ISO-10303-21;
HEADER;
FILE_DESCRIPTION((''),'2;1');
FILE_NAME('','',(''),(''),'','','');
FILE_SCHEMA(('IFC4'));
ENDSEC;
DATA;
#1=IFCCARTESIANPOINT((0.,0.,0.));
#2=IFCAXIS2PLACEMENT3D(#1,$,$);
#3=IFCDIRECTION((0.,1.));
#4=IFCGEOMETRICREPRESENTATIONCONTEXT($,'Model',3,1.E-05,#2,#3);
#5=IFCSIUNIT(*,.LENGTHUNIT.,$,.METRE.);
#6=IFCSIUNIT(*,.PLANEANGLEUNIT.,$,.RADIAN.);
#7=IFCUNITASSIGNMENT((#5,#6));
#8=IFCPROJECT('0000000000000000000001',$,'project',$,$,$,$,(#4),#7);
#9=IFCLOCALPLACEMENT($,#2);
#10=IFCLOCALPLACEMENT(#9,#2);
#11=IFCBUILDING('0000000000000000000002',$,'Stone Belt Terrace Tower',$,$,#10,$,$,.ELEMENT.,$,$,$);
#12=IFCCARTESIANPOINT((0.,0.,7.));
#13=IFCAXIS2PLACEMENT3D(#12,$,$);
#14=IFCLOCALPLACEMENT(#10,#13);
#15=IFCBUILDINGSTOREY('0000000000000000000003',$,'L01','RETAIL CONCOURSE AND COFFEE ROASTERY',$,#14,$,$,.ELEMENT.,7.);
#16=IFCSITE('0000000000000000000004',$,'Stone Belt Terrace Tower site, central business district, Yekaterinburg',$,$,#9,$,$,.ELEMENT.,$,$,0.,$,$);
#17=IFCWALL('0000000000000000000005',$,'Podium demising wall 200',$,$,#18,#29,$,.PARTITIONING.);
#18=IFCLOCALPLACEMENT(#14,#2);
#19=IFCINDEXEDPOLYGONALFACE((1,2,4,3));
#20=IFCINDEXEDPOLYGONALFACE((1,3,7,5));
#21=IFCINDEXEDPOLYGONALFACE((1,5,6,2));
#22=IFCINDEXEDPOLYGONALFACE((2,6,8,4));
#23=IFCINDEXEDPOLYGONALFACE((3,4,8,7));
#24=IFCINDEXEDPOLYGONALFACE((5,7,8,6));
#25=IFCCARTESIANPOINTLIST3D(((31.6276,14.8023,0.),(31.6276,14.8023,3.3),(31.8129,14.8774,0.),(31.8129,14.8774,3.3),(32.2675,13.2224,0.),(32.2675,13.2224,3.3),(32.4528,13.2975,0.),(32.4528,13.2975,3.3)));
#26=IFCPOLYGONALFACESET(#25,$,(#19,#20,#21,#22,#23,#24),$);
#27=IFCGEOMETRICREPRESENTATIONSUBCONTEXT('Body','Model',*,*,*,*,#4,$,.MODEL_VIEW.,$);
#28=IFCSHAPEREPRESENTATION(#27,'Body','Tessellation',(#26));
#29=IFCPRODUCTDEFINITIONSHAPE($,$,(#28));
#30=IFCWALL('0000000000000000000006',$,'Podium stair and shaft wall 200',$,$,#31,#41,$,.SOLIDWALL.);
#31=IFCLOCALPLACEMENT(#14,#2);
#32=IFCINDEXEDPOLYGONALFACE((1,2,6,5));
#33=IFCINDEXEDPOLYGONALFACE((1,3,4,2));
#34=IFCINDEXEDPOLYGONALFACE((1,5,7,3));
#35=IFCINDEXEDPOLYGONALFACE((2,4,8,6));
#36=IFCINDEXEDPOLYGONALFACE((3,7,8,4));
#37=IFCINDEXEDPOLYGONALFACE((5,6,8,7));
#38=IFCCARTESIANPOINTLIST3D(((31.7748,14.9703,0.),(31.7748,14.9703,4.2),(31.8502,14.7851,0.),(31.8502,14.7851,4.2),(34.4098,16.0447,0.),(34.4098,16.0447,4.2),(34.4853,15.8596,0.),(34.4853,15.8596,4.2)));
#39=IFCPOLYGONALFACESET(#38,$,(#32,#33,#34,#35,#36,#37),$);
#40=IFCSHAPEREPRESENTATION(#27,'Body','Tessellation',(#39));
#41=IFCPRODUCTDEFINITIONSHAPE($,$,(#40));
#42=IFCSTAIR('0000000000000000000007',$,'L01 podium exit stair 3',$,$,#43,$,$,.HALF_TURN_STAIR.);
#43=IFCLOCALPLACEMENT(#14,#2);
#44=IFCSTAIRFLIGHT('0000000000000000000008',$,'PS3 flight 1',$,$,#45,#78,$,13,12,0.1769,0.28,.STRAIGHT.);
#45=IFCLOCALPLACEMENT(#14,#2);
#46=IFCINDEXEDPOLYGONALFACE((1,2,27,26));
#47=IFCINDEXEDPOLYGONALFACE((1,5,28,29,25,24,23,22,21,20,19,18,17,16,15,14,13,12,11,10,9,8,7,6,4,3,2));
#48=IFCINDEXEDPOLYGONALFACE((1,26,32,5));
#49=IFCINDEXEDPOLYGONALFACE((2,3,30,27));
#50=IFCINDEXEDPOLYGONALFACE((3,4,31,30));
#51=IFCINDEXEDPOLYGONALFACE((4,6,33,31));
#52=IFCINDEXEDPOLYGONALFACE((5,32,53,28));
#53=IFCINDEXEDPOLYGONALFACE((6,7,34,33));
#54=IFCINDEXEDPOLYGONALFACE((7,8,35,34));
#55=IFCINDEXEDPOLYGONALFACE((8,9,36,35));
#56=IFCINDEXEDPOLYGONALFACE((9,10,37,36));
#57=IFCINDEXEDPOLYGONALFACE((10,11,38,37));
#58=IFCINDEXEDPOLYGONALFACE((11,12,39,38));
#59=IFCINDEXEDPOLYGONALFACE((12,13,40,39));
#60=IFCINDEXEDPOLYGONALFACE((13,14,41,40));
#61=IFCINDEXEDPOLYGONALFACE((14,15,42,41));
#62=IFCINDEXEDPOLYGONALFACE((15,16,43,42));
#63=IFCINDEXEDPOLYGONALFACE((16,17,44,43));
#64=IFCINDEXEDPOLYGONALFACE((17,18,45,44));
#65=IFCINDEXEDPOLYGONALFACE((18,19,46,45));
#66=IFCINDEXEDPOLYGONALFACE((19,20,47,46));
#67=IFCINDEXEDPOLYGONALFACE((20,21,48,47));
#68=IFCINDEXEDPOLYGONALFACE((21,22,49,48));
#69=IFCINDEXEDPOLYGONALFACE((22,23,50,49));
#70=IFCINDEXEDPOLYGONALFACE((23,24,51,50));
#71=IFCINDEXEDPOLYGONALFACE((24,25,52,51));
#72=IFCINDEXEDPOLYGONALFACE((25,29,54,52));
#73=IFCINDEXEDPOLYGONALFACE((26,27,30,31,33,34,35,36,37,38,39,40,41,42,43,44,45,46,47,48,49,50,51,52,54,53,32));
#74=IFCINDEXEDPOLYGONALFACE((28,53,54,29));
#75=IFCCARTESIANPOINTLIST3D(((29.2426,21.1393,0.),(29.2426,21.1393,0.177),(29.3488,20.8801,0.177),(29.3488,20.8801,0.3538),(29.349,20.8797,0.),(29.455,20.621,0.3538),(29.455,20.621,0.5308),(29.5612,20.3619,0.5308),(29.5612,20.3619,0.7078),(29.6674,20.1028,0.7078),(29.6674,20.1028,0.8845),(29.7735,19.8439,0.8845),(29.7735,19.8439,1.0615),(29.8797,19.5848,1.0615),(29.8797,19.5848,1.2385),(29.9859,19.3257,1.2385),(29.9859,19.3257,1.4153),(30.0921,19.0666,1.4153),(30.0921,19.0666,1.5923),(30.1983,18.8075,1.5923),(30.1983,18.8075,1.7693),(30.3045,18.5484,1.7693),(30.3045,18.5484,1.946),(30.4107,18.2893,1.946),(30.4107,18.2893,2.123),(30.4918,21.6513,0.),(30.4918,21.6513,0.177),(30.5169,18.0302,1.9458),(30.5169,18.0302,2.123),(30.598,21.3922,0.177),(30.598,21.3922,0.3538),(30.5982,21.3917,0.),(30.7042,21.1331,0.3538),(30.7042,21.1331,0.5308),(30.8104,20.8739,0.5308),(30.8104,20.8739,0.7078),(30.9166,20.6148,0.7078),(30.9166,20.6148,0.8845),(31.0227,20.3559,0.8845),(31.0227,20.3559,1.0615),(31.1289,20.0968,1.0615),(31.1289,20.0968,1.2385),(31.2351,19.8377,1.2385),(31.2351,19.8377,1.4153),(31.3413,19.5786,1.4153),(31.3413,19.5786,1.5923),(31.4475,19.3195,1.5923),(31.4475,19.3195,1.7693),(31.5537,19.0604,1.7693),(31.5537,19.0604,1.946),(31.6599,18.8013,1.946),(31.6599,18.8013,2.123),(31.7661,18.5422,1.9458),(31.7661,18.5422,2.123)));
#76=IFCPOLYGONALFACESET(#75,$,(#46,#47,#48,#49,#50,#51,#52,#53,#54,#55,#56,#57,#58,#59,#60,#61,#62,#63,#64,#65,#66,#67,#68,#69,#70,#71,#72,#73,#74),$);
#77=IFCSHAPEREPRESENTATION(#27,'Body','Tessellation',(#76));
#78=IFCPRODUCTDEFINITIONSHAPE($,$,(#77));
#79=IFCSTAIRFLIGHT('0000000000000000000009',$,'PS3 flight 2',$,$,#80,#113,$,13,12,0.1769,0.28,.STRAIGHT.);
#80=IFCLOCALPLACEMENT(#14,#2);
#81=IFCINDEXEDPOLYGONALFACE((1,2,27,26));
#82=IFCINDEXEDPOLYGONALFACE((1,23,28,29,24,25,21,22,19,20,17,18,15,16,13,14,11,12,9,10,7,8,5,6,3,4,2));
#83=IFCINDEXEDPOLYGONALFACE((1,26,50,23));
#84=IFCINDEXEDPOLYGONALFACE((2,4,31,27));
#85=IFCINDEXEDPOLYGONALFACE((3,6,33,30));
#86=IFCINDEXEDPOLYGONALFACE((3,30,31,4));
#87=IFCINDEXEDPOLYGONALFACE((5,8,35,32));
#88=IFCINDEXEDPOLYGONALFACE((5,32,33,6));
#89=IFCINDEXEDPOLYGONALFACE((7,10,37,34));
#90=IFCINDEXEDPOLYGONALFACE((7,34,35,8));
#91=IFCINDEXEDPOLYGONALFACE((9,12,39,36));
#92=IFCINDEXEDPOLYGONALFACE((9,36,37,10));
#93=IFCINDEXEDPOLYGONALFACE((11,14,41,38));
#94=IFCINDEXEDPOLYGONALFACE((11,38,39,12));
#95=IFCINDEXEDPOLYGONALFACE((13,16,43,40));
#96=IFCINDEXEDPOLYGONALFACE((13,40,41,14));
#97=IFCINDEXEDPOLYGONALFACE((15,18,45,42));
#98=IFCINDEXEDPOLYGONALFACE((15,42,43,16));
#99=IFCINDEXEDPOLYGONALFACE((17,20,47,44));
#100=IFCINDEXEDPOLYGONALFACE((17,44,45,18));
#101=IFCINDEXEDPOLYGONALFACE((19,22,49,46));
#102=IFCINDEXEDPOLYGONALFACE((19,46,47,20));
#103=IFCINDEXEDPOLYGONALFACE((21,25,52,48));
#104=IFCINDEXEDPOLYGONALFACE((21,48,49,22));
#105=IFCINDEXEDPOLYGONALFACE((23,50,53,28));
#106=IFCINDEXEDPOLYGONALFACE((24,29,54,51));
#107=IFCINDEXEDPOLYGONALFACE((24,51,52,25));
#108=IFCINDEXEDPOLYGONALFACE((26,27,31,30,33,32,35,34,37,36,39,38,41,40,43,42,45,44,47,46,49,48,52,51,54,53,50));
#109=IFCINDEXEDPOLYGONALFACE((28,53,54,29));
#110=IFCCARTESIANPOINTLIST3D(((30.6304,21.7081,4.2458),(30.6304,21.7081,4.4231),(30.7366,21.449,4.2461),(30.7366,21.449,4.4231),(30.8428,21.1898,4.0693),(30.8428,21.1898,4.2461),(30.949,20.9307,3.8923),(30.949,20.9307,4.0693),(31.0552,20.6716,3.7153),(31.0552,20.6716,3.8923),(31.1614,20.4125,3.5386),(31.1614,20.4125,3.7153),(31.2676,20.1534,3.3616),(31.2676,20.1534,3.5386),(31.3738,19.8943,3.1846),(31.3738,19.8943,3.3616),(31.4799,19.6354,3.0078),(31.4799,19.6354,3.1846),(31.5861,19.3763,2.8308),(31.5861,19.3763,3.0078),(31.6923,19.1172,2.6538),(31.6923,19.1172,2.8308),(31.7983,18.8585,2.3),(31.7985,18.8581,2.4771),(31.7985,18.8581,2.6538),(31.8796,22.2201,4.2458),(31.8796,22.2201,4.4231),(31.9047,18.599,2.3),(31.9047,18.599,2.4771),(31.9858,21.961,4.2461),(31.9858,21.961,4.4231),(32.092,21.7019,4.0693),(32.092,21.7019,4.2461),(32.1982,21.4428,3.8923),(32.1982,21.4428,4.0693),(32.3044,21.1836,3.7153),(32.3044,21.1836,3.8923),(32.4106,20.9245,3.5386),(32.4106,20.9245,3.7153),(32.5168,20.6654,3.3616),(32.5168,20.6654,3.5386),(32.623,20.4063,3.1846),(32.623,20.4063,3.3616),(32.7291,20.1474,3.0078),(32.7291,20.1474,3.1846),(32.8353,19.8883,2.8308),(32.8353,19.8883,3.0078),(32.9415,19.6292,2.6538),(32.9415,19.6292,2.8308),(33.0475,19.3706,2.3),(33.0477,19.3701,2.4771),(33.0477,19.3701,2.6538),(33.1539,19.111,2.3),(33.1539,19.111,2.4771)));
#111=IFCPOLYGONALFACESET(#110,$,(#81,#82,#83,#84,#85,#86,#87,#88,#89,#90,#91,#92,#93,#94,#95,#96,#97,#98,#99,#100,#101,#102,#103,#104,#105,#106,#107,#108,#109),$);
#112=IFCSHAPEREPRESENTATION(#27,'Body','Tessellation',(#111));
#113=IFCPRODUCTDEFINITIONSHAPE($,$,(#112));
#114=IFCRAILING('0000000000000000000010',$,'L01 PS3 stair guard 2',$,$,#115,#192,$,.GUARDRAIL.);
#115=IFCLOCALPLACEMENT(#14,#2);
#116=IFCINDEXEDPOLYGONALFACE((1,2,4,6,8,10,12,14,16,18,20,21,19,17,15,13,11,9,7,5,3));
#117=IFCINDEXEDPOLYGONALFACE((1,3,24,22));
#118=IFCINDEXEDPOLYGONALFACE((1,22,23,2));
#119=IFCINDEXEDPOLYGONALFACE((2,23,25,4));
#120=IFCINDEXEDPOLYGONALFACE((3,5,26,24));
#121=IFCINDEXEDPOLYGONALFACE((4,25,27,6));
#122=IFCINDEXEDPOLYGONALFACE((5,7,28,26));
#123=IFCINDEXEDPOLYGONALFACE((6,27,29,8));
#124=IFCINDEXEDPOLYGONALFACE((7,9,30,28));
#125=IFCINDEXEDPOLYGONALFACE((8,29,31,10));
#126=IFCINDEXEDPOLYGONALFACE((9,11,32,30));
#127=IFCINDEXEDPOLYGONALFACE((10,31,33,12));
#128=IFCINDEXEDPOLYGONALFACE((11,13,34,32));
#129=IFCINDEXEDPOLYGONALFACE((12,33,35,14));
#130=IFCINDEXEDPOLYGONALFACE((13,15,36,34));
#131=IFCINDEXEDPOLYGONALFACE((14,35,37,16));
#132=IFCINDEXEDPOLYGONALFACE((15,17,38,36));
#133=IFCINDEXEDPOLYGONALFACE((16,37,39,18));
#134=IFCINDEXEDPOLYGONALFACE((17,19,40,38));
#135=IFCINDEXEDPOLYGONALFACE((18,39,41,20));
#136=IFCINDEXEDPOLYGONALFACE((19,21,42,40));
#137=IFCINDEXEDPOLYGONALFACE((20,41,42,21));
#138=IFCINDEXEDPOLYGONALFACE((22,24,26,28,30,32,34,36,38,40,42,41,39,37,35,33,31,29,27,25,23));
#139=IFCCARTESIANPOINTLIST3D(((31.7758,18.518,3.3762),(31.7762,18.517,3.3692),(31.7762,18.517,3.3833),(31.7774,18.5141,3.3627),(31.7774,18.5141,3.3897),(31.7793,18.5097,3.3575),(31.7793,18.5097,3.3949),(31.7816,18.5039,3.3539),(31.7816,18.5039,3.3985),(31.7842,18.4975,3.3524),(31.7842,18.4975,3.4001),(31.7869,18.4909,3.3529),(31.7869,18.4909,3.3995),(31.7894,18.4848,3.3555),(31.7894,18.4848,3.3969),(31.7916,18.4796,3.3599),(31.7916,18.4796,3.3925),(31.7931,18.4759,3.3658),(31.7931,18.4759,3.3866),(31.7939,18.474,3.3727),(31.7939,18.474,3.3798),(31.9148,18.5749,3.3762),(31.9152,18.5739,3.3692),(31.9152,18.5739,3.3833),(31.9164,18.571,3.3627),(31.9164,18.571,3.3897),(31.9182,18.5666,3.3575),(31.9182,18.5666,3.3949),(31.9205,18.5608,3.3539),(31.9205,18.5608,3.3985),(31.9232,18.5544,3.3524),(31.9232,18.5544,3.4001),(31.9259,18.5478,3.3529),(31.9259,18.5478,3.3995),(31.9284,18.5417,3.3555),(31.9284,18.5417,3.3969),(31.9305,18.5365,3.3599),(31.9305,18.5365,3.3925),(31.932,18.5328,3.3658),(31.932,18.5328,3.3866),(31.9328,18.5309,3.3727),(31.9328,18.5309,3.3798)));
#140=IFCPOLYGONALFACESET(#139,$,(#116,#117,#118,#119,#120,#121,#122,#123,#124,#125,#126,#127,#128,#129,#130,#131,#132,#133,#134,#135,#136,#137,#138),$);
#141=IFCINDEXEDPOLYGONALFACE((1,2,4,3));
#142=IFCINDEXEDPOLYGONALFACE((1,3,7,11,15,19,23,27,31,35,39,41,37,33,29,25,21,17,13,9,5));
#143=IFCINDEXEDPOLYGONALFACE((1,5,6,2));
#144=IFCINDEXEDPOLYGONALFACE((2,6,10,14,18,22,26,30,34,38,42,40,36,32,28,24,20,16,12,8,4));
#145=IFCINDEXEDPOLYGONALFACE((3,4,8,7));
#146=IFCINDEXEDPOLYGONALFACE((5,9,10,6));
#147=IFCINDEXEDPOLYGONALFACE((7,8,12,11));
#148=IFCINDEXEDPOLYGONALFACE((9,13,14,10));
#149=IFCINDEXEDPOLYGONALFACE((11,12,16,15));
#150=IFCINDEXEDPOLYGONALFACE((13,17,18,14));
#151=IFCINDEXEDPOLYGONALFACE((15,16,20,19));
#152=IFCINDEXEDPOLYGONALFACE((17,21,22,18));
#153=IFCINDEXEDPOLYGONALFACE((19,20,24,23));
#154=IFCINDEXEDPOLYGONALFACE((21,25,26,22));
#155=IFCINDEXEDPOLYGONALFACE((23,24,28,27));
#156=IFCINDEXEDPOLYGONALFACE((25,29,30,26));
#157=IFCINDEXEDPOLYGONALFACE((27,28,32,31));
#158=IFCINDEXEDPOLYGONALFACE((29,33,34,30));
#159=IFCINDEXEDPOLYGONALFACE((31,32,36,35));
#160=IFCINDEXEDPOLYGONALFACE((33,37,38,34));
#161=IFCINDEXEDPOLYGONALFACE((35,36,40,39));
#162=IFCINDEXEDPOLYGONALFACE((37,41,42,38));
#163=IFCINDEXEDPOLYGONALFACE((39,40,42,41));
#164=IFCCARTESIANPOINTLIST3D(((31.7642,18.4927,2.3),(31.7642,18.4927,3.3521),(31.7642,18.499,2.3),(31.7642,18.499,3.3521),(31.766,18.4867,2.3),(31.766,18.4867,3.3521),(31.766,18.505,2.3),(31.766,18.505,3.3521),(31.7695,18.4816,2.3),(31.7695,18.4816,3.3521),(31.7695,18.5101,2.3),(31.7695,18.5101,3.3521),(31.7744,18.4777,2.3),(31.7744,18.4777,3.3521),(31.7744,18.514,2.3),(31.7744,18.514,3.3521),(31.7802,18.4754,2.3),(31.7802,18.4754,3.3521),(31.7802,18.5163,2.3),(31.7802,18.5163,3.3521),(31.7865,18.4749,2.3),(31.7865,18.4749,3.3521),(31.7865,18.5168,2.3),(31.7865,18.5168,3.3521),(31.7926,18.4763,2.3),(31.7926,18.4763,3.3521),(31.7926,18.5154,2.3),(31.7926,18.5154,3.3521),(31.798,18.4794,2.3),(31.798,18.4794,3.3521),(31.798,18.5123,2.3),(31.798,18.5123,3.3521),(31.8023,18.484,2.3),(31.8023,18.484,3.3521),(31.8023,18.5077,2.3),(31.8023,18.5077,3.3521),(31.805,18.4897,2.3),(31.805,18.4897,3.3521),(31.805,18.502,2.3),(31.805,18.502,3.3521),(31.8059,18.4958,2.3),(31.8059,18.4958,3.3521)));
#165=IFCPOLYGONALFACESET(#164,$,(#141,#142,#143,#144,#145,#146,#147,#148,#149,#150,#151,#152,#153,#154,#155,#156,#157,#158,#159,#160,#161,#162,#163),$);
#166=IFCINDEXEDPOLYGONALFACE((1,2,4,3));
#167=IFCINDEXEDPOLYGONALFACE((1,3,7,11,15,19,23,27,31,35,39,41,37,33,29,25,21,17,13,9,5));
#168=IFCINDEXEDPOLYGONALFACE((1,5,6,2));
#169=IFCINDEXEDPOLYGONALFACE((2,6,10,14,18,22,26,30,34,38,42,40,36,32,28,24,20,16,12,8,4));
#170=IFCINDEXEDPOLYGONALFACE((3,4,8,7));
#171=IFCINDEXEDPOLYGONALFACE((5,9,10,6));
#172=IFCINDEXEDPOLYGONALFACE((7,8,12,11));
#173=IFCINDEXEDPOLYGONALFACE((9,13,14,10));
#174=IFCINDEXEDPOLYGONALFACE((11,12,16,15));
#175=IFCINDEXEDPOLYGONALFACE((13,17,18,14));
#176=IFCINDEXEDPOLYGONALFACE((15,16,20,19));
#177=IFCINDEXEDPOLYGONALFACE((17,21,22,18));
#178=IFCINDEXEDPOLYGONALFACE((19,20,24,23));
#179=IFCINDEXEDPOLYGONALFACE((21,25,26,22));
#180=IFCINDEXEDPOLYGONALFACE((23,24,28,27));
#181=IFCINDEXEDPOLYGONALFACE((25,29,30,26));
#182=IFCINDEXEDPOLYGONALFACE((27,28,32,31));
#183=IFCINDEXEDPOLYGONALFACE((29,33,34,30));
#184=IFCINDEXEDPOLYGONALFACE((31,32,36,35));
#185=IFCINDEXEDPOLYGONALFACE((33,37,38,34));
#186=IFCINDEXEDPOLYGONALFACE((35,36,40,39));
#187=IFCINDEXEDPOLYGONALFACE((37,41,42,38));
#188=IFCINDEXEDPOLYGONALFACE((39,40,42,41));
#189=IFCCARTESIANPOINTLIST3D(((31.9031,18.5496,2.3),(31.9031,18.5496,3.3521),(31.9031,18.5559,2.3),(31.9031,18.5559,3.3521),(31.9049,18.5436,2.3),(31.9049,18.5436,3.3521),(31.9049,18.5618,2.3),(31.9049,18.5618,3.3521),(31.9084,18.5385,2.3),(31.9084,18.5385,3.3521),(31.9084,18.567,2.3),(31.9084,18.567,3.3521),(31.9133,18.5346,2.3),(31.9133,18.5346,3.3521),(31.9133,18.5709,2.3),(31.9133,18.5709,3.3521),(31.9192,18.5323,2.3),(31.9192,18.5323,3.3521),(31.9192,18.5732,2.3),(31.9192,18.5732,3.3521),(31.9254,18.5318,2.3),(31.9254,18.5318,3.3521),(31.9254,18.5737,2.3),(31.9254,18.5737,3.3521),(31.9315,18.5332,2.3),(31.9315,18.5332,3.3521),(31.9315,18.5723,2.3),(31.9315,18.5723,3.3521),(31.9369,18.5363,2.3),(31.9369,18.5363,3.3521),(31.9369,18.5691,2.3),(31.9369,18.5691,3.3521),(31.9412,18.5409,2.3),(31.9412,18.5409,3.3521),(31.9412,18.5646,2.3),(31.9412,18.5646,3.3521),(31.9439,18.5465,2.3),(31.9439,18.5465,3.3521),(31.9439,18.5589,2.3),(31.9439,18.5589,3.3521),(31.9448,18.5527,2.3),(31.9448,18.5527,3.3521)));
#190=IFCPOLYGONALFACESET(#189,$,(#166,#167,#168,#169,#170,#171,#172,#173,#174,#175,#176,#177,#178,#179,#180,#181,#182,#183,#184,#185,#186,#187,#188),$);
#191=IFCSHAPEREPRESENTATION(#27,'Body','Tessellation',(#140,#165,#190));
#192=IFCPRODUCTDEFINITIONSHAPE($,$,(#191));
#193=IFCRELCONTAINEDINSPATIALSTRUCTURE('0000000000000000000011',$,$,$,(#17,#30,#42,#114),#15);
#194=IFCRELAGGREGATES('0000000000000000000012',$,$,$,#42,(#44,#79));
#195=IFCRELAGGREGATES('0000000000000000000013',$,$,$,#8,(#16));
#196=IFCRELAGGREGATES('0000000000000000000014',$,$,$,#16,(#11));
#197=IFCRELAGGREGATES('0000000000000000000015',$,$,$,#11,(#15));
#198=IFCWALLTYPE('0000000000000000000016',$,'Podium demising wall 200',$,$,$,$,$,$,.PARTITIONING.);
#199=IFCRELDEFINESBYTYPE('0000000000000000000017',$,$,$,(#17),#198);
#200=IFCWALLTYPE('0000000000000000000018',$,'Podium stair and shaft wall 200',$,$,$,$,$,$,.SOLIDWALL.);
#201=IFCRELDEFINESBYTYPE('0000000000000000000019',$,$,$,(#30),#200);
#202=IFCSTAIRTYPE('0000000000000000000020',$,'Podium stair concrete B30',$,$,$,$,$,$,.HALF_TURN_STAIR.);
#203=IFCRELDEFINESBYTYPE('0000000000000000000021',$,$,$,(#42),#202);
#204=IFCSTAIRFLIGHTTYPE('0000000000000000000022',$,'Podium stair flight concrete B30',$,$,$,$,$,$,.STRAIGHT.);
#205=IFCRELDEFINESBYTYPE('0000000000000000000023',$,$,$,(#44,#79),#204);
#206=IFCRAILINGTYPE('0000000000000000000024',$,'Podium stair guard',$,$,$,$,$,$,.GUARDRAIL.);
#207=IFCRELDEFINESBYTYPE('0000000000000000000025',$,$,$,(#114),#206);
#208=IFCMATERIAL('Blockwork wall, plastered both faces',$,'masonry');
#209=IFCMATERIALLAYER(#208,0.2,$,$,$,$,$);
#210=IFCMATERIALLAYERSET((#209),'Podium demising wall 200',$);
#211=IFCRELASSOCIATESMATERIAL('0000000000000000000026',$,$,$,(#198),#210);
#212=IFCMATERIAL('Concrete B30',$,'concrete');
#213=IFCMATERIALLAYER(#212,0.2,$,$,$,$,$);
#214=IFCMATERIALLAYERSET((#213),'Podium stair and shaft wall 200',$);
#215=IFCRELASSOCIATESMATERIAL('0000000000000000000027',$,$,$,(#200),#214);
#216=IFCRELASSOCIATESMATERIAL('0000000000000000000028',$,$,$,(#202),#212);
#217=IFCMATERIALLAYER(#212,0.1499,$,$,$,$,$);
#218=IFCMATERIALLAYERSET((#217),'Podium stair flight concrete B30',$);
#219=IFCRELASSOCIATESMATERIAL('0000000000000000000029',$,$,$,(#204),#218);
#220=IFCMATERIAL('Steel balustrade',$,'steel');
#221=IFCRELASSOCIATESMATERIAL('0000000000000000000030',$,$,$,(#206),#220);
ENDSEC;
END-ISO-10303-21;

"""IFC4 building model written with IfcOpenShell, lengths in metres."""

from ifc_helpers import new_model, si_unit, direction, frame, frame_2d, origin, origin_2d, place, context, subcontext, project, spatial, polyline, rectangle, circle, outline, extrude, material, layer, layer_set, type_object, element, aggregate, save


model = new_model("IFC4")

# Units and contexts
model_context = context("Model", 3, precision=1e-05, world=origin(), true_north=direction((0.0, 1.0)))
body_context = subcontext(model_context, "Body", "Model", "MODEL_VIEW")
ifc_project = project(units=[si_unit("LENGTHUNIT", "METRE"), si_unit("PLANEANGLEUNIT", "RADIAN")], contexts=[model_context])

# Site, building, storey
site_placement = place(None, origin())
site = spatial("IfcSite", under=ifc_project, at=site_placement, Name="Stone Belt Terrace Tower site, central business district, Yekaterinburg", CompositionType="ELEMENT", RefElevation=0.0)
building_placement = place(site_placement, origin())
building = spatial("IfcBuilding", under=site, at=building_placement, Name="Stone Belt Terrace Tower", CompositionType="ELEMENT")
storey_placement = place(building_placement, frame((0.0, 0.0, 7.0)))
storey = spatial("IfcBuildingStorey", under=building, at=storey_placement, Name="L01", Description="RETAIL CONCOURSE AND COFFEE ROASTERY", CompositionType="ELEMENT", Elevation=7.0)

# Walls
ifc_material_1 = material(Name="Blockwork wall, plastered both faces", Category="masonry")
ifc_layer_1 = layer(ifc_material_1, 0.2)
ifc_layer_set_1 = layer_set([ifc_layer_1], Name="Podium demising wall 200")
wall_type_1 = type_object("IfcWallType", Name="Podium demising wall 200", PredefinedType="PARTITIONING", material=ifc_layer_set_1)
wall_1_placement = place(storey_placement, frame((31.7202, 14.8398, 0.0), z_axis=(0.0, 0.0, 1.0), x_axis=(0.375413, -0.926858, 0.0)))
element("IfcWall", 1, at=wall_1_placement, inside=storey, type_object=wall_type_1, Name="Podium demising wall 200", PredefinedType="PARTITIONING", context=body_context, shape_type="SweptSolid", body=[
    extrude(rectangle(XDim=1.7046, YDim=0.2, at=frame_2d((0.8523, 0.0))), origin(), (0.0, 0.0, 1.0), 3.3),
])
ifc_material_2 = material(Name="Concrete B30", Category="concrete")
ifc_layer_2 = layer(ifc_material_2, 0.2)
ifc_layer_set_2 = layer_set([ifc_layer_2], Name="Podium stair and shaft wall 200")
wall_type_2 = type_object("IfcWallType", Name="Podium stair and shaft wall 200", PredefinedType="SOLIDWALL", material=ifc_layer_set_2)
wall_2_placement = place(storey_placement, frame((31.8125, 14.8777, 0.0), z_axis=(0.0, 0.0, 1.0), x_axis=(0.925977, 0.37758, 0.0)))
element("IfcWall", 2, at=wall_2_placement, inside=storey, type_object=wall_type_2, Name="Podium stair and shaft wall 200", PredefinedType="SOLIDWALL", context=body_context, shape_type="SweptSolid", body=[
    extrude(rectangle(XDim=2.8457, YDim=0.2, at=frame_2d((1.4229, 0.0))), origin(), (0.0, 0.0, 1.0), 4.2),
])

# Stair, stair flights
stair_type = type_object("IfcStairType", Name="Podium stair concrete B30", PredefinedType="HALF_TURN_STAIR", material=ifc_material_2)
stair_placement = place(storey_placement, origin())
stair = element("IfcStair", 3, at=stair_placement, inside=storey, type_object=stair_type, Name="L01 podium exit stair 3", PredefinedType="HALF_TURN_STAIR")
ifc_layer_3 = layer(ifc_material_2, 0.1499)
ifc_layer_set_3 = layer_set([ifc_layer_3], Name="Podium stair flight concrete B30")
stair_flight_type = type_object("IfcStairFlightType", Name="Podium stair flight concrete B30", PredefinedType="STRAIGHT", material=ifc_layer_set_3)
stair_flight_1_placement = place(storey_placement, frame((29.8672, 21.3953, 0.0), z_axis=(0.0, 0.0, 1.0), x_axis=(0.379243, -0.925297, 0.0)))
stair_flight_1 = element("IfcStairFlight", 4, at=stair_flight_1_placement, type_object=stair_flight_type, Name="PS3 flight 1", NumberOfRisers=13, NumberOfTreads=12, PredefinedType="STRAIGHT", RiserHeight=0.1769, TreadLength=0.28, context=body_context, shape_type="SweptSolid", body=[
    extrude(outline(polyline([(0.0, 0.0), (0.0, 0.177), (0.28, 0.177), (0.28, 0.3538), (0.5601, 0.3538), (0.5601, 0.5308), (0.8401, 0.5308), (0.8401, 0.7078), (1.1201, 0.7078), (1.1201, 0.8845), (1.3999, 0.8845), (1.3999, 1.0615), (1.6799, 1.0615), (1.6799, 1.2385), (1.96, 1.2385), (1.96, 1.4153), (2.24, 1.4153), (2.24, 1.5923), (2.52, 1.5923), (2.52, 1.7693), (2.8, 1.7693), (2.8, 1.946), (3.0801, 1.946), (3.0801, 2.123), (3.3601, 2.123), (3.3601, 2.3), (3.3601, 1.9458), (0.2805, 0.0), (0.0, 0.0)])), frame((0.0, 0.675, 0.0), z_axis=(0.0, -1.0, 0.0), x_axis=(1.0, 0.0, 0.0)), (0.0, 0.0, 1.0), 1.3501),
])
stair_flight_2_placement = place(storey_placement, frame((32.5293, 18.855, 2.3), z_axis=(0.0, 0.0, 1.0), x_axis=(-0.379243, 0.925297, 0.0)))
stair_flight_2 = element("IfcStairFlight", 5, at=stair_flight_2_placement, type_object=stair_flight_type, Name="PS3 flight 2", NumberOfRisers=13, NumberOfTreads=12, PredefinedType="STRAIGHT", RiserHeight=0.1769, TreadLength=0.28, context=body_context, shape_type="SweptSolid", body=[
    extrude(outline(polyline([(0.0, 0.0), (0.0, 0.177), (0.28, 0.177), (0.28, 0.3538), (0.5601, 0.3538), (0.5601, 0.5308), (0.8401, 0.5308), (0.8401, 0.7078), (1.1201, 0.7078), (1.1201, 0.8845), (1.3999, 0.8845), (1.3999, 1.0615), (1.6799, 1.0615), (1.6799, 1.2385), (1.96, 1.2385), (1.96, 1.4153), (2.24, 1.4153), (2.24, 1.5923), (2.52, 1.5923), (2.52, 1.7693), (2.8, 1.7693), (2.8, 1.946), (3.0801, 1.946), (3.0801, 2.123), (3.3601, 2.123), (3.3601, 2.3), (3.3601, 1.9458), (0.2805, 0.0), (0.0, 0.0)])), frame((0.0, 0.675, 0.0), z_axis=(0.0, -1.0, 0.0), x_axis=(1.0, 0.0, 0.0)), (0.0, 0.0, 1.0), 1.3501),
])
aggregate(stair, [stair_flight_1, stair_flight_2])

# Railing
ifc_material_3 = material(Name="Steel balustrade", Category="steel")
railing_type_1 = type_object("IfcRailingType", Name="Podium stair guard", PredefinedType="GUARDRAIL", material=ifc_material_3)
railing_1_placement = place(storey_placement, frame((31.7849, 18.4958, 2.3)))
element("IfcRailing", 6, at=railing_1_placement, inside=storey, type_object=railing_type_1, Name="L01 PS3 stair guard 2", PredefinedType="GUARDRAIL", context=body_context, shape_type="SweptSolid", body=[
    extrude(circle(Radius=0.0239, at=origin_2d()), frame((0.0, 0.0, 1.0762), z_axis=(0.925417, 0.378949, 0.0), x_axis=(-0.378949, 0.925417, 0.0)), (0.0, 0.0, 1.0), 0.1501),
    extrude(circle(Radius=0.021, at=origin_2d()), origin(), (0.0, 0.0, 1.0), 1.052),
    extrude(circle(Radius=0.021, at=origin_2d()), frame((0.1389, 0.0569, 0.0)), (0.0, 0.0, 1.0), 1.052),
])

save(model, "model.ifc")
